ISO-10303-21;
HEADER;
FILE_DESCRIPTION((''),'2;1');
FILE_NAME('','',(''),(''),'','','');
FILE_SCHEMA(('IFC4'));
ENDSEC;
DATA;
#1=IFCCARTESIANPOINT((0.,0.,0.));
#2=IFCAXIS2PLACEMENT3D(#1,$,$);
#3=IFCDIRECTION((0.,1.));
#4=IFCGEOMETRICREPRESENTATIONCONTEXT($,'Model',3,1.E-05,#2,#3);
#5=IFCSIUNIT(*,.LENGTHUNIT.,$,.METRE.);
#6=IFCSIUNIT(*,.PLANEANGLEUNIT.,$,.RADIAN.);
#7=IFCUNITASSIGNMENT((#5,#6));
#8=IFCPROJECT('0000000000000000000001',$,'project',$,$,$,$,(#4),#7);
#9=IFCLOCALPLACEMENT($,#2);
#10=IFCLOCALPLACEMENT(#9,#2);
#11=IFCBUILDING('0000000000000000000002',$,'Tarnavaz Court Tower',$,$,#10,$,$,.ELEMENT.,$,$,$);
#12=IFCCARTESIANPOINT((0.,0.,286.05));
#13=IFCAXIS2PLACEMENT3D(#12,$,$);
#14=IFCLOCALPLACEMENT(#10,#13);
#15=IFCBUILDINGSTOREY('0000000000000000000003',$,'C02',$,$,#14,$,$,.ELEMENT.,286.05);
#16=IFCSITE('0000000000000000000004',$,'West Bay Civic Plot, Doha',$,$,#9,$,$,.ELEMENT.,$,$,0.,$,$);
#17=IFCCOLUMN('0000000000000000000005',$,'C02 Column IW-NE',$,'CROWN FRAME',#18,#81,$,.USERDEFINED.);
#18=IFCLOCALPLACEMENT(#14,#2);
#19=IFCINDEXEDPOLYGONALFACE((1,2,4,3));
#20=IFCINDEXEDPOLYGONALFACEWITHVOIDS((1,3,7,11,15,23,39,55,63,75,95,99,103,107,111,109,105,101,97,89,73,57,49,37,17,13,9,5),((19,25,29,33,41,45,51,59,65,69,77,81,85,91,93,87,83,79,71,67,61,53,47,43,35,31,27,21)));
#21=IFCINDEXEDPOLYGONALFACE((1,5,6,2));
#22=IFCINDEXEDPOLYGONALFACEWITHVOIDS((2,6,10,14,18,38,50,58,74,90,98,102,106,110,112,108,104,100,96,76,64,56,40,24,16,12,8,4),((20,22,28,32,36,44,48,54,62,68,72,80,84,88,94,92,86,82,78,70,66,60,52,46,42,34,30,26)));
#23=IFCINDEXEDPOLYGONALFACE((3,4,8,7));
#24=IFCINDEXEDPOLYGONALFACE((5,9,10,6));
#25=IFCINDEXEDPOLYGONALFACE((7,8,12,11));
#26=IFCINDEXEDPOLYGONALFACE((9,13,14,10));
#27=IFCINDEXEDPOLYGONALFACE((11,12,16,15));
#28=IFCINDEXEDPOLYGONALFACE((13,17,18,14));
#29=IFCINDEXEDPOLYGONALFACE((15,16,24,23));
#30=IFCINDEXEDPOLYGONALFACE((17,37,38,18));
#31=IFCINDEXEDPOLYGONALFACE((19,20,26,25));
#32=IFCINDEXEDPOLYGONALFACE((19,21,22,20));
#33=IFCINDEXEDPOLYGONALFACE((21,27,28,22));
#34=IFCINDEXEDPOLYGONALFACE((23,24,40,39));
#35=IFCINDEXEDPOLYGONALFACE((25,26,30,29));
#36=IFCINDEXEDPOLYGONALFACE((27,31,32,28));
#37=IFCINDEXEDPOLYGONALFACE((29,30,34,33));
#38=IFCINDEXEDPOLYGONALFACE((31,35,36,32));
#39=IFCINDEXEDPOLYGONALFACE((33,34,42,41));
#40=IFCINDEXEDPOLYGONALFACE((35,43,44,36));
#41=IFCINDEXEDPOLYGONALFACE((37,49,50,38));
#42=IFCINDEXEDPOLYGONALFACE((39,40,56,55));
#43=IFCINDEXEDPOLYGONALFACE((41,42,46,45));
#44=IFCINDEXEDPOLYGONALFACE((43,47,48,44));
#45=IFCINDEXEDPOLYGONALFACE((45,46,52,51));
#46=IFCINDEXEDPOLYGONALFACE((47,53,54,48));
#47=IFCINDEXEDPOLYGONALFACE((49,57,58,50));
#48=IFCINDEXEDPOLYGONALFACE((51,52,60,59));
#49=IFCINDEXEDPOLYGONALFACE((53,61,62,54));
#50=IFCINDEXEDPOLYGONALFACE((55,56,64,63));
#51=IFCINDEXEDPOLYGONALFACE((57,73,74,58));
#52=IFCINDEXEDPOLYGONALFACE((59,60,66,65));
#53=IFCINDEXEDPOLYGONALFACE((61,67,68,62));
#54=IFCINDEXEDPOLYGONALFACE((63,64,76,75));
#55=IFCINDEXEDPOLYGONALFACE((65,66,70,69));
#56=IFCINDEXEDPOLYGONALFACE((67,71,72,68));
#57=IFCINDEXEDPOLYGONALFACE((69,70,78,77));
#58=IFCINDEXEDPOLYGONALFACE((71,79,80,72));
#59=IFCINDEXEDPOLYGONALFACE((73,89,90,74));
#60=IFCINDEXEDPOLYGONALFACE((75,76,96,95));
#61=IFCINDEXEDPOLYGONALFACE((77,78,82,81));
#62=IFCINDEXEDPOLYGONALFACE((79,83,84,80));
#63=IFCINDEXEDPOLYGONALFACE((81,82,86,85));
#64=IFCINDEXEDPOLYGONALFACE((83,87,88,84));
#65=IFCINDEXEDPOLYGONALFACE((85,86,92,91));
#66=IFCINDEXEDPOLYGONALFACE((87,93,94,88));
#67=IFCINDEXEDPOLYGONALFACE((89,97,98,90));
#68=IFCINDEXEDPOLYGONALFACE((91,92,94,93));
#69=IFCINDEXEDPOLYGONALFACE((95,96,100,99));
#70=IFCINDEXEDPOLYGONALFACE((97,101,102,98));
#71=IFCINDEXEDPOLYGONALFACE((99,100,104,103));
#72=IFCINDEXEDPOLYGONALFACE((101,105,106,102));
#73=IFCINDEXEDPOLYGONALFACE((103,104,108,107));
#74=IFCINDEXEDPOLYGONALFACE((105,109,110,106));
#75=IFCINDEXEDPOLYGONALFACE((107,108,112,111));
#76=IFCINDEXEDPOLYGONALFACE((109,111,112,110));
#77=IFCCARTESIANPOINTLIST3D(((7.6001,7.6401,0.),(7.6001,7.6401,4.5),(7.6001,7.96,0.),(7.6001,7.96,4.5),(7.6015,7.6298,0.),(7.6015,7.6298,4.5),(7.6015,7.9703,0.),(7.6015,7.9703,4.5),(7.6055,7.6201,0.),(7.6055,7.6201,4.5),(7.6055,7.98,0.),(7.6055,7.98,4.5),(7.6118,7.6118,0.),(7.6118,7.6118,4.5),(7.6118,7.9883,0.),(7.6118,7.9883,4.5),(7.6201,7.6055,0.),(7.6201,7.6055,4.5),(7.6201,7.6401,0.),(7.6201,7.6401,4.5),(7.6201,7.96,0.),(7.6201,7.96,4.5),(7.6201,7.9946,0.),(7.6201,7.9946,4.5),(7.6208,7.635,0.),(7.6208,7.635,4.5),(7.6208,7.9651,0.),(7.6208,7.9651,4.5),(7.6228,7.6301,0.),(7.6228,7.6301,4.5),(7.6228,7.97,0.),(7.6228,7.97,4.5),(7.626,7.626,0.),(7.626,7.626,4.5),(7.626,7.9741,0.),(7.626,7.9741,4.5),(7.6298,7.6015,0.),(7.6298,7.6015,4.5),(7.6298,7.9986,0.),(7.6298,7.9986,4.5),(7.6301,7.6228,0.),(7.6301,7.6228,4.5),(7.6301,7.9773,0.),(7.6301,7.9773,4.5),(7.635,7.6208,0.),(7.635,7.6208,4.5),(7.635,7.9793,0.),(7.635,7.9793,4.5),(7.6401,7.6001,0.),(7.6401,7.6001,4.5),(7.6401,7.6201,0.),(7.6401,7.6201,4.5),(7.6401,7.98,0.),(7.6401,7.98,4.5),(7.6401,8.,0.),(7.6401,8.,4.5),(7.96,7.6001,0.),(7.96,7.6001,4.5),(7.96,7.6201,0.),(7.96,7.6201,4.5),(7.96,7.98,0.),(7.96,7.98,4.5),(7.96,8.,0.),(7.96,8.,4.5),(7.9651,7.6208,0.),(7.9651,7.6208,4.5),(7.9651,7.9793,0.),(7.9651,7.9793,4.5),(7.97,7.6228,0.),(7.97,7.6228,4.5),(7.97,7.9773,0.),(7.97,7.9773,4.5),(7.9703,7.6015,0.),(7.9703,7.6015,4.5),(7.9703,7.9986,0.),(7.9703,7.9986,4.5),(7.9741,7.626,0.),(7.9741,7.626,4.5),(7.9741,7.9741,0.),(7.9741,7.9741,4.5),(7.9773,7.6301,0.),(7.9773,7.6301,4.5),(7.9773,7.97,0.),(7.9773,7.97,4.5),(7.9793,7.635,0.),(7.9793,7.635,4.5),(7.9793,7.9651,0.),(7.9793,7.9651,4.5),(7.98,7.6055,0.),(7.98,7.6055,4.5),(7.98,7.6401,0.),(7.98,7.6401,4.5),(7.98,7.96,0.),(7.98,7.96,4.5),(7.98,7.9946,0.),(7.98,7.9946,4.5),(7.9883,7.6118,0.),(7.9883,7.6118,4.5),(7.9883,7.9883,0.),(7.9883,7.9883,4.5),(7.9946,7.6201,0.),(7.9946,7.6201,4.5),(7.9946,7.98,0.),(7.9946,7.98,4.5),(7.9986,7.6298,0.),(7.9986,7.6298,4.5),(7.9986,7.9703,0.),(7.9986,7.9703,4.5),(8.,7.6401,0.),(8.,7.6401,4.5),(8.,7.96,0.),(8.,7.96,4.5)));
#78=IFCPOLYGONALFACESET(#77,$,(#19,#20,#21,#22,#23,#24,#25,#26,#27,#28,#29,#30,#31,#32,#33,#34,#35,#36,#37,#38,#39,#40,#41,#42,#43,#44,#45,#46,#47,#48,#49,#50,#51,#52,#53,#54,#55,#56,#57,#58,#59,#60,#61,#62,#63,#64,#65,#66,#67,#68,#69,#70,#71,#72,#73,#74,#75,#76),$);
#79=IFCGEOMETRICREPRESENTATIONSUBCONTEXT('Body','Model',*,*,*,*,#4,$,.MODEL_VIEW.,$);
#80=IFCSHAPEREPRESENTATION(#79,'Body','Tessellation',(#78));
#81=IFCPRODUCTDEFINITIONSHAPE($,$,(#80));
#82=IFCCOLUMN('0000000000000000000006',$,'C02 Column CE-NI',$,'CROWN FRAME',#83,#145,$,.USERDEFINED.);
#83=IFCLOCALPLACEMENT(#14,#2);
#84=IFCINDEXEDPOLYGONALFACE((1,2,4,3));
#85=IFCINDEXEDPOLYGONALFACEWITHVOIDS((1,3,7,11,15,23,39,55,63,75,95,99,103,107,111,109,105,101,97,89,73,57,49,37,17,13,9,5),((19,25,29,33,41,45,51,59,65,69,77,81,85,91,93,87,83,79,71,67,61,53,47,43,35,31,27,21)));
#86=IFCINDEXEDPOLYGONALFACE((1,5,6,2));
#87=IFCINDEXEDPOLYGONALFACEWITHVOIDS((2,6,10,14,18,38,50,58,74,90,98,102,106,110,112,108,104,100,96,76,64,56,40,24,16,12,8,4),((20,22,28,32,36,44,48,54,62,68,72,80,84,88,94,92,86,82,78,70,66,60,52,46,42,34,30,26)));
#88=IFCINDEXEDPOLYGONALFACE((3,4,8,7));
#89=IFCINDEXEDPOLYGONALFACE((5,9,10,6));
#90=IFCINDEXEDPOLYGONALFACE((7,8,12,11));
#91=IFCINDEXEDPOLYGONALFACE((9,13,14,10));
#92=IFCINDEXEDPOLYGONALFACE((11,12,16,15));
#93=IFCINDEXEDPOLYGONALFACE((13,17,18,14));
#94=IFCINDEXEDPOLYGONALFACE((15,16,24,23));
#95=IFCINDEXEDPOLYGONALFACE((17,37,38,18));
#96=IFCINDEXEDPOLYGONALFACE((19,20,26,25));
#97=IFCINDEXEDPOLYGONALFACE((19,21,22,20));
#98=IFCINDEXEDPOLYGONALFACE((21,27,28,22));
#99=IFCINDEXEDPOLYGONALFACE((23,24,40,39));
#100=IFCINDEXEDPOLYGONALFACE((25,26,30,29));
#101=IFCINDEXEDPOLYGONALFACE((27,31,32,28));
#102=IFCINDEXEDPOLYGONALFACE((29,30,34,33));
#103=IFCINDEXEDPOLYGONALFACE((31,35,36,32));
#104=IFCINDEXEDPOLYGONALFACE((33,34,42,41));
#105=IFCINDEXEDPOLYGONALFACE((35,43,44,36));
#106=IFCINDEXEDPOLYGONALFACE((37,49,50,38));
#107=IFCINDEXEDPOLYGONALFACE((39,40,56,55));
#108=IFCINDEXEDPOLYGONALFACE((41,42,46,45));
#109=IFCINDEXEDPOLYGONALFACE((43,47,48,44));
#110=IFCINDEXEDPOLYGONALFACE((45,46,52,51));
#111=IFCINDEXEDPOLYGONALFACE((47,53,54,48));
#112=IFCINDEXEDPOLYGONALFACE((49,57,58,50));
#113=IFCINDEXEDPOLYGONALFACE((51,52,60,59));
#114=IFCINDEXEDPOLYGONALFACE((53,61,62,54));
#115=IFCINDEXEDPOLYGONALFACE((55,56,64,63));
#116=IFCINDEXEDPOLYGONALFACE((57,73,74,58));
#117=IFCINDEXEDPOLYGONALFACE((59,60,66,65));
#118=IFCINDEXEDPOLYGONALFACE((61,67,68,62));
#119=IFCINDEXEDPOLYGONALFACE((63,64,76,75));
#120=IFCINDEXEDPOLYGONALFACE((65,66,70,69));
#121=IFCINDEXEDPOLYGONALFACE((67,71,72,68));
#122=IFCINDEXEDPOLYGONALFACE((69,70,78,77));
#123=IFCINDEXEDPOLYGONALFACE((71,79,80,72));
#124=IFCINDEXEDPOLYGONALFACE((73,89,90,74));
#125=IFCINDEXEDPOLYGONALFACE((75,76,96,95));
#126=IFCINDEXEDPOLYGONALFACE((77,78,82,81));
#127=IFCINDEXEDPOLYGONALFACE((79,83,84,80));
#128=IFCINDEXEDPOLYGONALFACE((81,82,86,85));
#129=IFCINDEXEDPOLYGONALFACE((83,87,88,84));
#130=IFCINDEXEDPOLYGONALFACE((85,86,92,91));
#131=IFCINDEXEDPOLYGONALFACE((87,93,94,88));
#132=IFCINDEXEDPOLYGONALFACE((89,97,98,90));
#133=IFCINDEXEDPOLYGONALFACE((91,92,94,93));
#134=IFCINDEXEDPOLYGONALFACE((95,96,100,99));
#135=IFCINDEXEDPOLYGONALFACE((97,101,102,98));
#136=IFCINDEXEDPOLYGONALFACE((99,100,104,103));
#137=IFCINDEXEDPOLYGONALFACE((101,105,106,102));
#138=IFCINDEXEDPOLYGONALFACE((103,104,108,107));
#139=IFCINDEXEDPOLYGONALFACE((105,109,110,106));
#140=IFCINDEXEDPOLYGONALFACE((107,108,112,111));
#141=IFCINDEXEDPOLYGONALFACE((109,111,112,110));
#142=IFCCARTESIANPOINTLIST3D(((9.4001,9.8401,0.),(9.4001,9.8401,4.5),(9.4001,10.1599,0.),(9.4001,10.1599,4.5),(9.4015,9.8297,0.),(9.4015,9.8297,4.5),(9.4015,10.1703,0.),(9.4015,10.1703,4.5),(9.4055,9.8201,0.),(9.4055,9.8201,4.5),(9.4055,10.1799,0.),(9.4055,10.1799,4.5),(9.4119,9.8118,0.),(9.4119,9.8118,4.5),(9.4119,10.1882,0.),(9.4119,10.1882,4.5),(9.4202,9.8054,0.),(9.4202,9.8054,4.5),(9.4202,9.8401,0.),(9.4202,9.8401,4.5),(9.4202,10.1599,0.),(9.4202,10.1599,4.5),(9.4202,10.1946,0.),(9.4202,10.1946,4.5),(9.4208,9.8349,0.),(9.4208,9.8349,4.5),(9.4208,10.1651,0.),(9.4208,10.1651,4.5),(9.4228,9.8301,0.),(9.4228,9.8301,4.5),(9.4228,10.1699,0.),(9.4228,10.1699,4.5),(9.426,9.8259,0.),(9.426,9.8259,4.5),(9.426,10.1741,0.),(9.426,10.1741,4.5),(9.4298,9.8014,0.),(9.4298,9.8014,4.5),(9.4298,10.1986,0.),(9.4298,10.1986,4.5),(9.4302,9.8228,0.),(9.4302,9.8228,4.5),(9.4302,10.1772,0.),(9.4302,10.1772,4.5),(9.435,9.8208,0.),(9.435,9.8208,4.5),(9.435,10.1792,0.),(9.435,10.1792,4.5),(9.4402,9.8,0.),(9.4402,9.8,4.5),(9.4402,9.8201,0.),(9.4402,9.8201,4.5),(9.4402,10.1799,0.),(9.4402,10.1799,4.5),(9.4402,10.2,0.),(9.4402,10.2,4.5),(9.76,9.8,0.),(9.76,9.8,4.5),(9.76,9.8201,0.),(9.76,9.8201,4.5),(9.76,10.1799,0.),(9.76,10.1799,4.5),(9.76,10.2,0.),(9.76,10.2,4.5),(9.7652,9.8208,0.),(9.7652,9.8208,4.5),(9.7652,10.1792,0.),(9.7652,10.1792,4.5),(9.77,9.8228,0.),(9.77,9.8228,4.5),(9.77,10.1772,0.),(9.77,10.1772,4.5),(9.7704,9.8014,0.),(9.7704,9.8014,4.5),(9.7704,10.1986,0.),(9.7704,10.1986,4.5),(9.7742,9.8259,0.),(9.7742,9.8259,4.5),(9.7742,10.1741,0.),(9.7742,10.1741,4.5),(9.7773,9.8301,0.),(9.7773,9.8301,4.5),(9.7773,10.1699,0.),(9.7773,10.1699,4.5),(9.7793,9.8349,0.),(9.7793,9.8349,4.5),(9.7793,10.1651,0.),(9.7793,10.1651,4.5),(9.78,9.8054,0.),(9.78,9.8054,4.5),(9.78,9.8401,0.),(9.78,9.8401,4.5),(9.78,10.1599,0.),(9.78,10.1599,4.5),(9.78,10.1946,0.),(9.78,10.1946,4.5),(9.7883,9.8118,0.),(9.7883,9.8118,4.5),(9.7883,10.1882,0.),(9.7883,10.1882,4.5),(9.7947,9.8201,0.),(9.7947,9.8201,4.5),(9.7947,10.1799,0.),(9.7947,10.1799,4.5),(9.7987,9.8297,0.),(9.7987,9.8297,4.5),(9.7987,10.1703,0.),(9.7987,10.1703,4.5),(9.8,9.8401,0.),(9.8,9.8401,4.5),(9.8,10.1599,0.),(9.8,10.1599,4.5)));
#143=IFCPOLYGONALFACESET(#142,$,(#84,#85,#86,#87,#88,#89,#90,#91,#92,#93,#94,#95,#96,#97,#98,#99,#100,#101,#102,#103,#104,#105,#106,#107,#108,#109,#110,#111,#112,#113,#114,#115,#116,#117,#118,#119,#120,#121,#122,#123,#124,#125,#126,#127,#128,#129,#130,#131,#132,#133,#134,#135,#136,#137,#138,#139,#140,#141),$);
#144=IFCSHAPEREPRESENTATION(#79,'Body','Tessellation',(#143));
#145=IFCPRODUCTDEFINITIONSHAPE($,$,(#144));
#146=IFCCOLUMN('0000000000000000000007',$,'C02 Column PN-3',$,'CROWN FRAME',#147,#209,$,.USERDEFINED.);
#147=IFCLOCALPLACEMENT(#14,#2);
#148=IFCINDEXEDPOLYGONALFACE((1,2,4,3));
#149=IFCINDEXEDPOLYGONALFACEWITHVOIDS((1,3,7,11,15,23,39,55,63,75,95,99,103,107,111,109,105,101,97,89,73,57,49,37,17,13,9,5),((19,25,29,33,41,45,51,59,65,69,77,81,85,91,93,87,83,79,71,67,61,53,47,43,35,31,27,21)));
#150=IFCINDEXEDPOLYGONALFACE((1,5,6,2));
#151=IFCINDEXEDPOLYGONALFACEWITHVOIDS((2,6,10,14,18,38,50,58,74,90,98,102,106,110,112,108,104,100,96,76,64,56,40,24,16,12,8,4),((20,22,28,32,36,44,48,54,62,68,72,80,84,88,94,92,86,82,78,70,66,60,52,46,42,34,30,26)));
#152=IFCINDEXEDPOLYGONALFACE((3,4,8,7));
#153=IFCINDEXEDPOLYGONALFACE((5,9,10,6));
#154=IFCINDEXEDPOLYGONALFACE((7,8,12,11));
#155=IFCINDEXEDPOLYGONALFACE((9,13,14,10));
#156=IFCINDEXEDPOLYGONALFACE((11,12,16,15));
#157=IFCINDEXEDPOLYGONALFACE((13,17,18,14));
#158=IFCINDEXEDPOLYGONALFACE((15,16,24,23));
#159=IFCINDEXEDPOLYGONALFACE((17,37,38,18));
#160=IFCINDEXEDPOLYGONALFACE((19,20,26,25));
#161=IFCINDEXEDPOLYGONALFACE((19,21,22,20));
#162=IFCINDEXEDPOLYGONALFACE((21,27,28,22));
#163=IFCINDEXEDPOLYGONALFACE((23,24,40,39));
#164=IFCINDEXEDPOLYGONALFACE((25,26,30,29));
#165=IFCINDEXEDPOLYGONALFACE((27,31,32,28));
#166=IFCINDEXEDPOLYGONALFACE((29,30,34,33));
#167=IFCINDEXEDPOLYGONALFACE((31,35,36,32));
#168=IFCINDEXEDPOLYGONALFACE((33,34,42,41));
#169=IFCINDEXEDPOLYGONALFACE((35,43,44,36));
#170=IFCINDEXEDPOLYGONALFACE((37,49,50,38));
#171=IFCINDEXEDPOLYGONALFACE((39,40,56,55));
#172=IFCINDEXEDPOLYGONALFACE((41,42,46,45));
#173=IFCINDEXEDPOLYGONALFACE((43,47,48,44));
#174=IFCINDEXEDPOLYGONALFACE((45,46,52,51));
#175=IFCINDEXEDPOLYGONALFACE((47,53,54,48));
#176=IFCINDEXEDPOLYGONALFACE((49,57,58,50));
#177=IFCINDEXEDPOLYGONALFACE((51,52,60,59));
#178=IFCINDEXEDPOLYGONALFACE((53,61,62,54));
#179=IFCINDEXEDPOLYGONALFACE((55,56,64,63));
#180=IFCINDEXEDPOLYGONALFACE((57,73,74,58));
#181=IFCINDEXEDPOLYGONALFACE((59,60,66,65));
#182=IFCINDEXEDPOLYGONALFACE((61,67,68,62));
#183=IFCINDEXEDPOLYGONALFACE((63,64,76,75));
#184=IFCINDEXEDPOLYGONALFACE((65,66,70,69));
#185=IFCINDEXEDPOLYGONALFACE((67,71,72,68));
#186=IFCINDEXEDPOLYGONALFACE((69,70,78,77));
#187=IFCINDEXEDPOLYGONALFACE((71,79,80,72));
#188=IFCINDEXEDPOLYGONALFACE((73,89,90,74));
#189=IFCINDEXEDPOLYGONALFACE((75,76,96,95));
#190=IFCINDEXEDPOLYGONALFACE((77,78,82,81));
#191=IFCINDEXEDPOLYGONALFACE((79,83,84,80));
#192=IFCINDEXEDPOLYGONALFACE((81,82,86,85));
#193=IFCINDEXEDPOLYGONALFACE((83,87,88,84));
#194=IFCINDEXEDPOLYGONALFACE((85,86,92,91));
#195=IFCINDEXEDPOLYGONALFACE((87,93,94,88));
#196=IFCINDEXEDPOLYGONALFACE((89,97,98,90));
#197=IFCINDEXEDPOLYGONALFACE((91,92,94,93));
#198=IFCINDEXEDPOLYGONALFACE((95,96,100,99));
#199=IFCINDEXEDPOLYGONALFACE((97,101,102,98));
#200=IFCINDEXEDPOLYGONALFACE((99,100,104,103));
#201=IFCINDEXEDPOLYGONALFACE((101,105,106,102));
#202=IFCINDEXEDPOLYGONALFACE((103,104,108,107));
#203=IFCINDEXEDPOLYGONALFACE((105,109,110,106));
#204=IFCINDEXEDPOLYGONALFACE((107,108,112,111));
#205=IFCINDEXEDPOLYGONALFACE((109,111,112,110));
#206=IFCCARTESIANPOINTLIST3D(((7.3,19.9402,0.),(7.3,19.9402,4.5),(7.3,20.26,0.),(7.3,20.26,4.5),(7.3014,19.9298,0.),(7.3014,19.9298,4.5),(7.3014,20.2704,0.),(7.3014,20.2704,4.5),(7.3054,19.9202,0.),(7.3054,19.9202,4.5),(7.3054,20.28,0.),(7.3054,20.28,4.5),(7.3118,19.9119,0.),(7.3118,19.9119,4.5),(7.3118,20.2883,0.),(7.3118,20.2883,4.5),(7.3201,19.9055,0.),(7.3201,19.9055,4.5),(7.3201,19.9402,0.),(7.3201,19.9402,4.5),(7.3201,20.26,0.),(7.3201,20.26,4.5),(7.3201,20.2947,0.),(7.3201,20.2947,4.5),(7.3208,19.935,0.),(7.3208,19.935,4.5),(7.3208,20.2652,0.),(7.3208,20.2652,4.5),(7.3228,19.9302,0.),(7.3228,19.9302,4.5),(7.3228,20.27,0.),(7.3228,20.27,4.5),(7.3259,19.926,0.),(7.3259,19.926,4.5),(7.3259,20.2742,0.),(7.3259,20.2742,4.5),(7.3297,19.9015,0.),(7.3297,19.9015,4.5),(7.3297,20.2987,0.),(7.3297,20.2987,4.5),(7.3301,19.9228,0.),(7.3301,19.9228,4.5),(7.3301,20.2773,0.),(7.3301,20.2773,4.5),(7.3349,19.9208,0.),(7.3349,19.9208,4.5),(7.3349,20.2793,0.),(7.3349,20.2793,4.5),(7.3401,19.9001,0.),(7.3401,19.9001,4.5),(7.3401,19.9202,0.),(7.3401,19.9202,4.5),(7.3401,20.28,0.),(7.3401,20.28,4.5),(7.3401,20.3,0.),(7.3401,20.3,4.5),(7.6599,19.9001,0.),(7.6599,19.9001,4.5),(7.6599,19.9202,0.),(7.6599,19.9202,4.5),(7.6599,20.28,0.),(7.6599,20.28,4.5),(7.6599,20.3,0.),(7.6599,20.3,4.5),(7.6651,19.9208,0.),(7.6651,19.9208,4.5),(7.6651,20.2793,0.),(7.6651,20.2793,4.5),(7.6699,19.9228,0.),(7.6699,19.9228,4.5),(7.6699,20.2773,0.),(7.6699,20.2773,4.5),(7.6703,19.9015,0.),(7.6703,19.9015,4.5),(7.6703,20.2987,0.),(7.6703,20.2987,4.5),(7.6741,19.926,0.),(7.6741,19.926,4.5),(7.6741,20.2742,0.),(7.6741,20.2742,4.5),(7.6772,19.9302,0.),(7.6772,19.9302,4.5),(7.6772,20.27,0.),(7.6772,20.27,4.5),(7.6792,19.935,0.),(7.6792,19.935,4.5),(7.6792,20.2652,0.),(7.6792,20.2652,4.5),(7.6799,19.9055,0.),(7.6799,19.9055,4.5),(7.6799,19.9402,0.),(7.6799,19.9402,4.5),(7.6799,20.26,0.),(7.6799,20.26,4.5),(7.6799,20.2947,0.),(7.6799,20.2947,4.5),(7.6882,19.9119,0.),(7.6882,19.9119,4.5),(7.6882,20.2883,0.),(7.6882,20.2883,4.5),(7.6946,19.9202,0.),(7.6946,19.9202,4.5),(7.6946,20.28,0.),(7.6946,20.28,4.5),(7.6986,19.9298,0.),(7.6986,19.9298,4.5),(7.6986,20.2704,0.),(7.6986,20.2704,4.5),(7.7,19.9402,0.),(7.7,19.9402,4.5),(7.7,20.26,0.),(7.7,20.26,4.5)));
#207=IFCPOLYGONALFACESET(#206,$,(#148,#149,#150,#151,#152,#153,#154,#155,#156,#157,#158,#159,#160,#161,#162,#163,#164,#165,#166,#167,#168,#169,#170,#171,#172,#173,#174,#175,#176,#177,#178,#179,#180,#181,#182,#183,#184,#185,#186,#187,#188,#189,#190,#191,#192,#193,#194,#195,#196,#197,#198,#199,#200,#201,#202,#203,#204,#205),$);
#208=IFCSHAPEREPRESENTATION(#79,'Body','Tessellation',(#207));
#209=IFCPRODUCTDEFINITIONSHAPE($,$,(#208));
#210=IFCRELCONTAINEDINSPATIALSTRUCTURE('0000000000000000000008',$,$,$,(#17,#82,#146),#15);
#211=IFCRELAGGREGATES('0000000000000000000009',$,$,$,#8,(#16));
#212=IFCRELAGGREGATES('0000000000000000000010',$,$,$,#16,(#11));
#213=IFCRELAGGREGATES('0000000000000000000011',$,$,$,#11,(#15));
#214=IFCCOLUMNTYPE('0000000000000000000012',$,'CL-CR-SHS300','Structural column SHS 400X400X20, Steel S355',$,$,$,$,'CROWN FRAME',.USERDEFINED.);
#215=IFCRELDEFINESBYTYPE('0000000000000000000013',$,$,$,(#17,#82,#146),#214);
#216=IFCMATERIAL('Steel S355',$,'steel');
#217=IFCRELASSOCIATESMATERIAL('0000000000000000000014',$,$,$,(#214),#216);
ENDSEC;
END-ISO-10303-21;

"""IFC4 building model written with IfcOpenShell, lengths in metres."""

from ifc_helpers import new_model, si_unit, direction, frame, origin, origin_2d, place, context, subcontext, project, spatial, hollow_rectangle, extrude, material, material_profile, profile_set, type_object, element, save


model = new_model("IFC4")

# Units and contexts
model_context = context("Model", 3, precision=1e-05, world=origin(), true_north=direction((0.0, 1.0)))
body_context = subcontext(model_context, "Body", "Model", "MODEL_VIEW")
ifc_project = project(units=[si_unit("LENGTHUNIT", "METRE"), si_unit("PLANEANGLEUNIT", "RADIAN")], contexts=[model_context])

# Site, building, storey
site_placement = place(None, origin())
site = spatial("IfcSite", under=ifc_project, at=site_placement, Name="West Bay Civic Plot, Doha", CompositionType="ELEMENT", RefElevation=0.0)
building_placement = place(site_placement, origin())
building = spatial("IfcBuilding", under=site, at=building_placement, Name="Tarnavaz Court Tower", CompositionType="ELEMENT")
storey_placement = place(building_placement, frame((0.0, 0.0, 286.05)))
storey = spatial("IfcBuildingStorey", under=building, at=storey_placement, Name="C02", CompositionType="ELEMENT", Elevation=286.05)

# Columns
ifc_material_1 = material(Name="Steel S355", Category="steel")
ifc_material_profile_1 = material_profile(ifc_material_1, hollow_rectangle(XDim=0.3999, YDim=0.3999, WallThickness=0.02, InnerFilletRadius=0.02, OuterFilletRadius=0.04, at=origin_2d()), Name="SHS 400X400X20")
ifc_profile_set_1 = profile_set([ifc_material_profile_1], Name="Steel S355")
column_type = type_object("IfcColumnType", Name="CL-CR-SHS300", Description="Structural column SHS 400X400X20, Steel S355", ElementType="CROWN FRAME", PredefinedType="USERDEFINED", material=ifc_profile_set_1)
for number, where, z_axis, x_axis, name in (
    (1, (7.8, 7.8, 0.0), (0.0, 0.0, 1.0), (1.0, 0.0, 0.0), "C02 Column IW-NE"),
    (2, (9.6001, 10.0, 0.0), (0.0, 0.0, 1.0), (1.0, 0.0, 0.0), "C02 Column CE-NI"),
    (3, (7.5, 20.1001, 0.0), (0.0, 0.0, 1.0), (1.0, 0.0, 0.0), "C02 Column PN-3"),
):
    element("IfcColumn", number, at=place(storey_placement, frame(where, z_axis=z_axis, x_axis=x_axis)), inside=storey, type_object=column_type, Name=name, ObjectType="CROWN FRAME", PredefinedType="USERDEFINED", context=body_context, shape_type="SweptSolid", body=[
        extrude(hollow_rectangle(XDim=0.3999, YDim=0.3999, WallThickness=0.02, InnerFilletRadius=0.02, OuterFilletRadius=0.04, at=origin_2d()), origin(), (0.0, 0.0, 1.0), 4.5),
    ])

save(model, "model.ifc")
